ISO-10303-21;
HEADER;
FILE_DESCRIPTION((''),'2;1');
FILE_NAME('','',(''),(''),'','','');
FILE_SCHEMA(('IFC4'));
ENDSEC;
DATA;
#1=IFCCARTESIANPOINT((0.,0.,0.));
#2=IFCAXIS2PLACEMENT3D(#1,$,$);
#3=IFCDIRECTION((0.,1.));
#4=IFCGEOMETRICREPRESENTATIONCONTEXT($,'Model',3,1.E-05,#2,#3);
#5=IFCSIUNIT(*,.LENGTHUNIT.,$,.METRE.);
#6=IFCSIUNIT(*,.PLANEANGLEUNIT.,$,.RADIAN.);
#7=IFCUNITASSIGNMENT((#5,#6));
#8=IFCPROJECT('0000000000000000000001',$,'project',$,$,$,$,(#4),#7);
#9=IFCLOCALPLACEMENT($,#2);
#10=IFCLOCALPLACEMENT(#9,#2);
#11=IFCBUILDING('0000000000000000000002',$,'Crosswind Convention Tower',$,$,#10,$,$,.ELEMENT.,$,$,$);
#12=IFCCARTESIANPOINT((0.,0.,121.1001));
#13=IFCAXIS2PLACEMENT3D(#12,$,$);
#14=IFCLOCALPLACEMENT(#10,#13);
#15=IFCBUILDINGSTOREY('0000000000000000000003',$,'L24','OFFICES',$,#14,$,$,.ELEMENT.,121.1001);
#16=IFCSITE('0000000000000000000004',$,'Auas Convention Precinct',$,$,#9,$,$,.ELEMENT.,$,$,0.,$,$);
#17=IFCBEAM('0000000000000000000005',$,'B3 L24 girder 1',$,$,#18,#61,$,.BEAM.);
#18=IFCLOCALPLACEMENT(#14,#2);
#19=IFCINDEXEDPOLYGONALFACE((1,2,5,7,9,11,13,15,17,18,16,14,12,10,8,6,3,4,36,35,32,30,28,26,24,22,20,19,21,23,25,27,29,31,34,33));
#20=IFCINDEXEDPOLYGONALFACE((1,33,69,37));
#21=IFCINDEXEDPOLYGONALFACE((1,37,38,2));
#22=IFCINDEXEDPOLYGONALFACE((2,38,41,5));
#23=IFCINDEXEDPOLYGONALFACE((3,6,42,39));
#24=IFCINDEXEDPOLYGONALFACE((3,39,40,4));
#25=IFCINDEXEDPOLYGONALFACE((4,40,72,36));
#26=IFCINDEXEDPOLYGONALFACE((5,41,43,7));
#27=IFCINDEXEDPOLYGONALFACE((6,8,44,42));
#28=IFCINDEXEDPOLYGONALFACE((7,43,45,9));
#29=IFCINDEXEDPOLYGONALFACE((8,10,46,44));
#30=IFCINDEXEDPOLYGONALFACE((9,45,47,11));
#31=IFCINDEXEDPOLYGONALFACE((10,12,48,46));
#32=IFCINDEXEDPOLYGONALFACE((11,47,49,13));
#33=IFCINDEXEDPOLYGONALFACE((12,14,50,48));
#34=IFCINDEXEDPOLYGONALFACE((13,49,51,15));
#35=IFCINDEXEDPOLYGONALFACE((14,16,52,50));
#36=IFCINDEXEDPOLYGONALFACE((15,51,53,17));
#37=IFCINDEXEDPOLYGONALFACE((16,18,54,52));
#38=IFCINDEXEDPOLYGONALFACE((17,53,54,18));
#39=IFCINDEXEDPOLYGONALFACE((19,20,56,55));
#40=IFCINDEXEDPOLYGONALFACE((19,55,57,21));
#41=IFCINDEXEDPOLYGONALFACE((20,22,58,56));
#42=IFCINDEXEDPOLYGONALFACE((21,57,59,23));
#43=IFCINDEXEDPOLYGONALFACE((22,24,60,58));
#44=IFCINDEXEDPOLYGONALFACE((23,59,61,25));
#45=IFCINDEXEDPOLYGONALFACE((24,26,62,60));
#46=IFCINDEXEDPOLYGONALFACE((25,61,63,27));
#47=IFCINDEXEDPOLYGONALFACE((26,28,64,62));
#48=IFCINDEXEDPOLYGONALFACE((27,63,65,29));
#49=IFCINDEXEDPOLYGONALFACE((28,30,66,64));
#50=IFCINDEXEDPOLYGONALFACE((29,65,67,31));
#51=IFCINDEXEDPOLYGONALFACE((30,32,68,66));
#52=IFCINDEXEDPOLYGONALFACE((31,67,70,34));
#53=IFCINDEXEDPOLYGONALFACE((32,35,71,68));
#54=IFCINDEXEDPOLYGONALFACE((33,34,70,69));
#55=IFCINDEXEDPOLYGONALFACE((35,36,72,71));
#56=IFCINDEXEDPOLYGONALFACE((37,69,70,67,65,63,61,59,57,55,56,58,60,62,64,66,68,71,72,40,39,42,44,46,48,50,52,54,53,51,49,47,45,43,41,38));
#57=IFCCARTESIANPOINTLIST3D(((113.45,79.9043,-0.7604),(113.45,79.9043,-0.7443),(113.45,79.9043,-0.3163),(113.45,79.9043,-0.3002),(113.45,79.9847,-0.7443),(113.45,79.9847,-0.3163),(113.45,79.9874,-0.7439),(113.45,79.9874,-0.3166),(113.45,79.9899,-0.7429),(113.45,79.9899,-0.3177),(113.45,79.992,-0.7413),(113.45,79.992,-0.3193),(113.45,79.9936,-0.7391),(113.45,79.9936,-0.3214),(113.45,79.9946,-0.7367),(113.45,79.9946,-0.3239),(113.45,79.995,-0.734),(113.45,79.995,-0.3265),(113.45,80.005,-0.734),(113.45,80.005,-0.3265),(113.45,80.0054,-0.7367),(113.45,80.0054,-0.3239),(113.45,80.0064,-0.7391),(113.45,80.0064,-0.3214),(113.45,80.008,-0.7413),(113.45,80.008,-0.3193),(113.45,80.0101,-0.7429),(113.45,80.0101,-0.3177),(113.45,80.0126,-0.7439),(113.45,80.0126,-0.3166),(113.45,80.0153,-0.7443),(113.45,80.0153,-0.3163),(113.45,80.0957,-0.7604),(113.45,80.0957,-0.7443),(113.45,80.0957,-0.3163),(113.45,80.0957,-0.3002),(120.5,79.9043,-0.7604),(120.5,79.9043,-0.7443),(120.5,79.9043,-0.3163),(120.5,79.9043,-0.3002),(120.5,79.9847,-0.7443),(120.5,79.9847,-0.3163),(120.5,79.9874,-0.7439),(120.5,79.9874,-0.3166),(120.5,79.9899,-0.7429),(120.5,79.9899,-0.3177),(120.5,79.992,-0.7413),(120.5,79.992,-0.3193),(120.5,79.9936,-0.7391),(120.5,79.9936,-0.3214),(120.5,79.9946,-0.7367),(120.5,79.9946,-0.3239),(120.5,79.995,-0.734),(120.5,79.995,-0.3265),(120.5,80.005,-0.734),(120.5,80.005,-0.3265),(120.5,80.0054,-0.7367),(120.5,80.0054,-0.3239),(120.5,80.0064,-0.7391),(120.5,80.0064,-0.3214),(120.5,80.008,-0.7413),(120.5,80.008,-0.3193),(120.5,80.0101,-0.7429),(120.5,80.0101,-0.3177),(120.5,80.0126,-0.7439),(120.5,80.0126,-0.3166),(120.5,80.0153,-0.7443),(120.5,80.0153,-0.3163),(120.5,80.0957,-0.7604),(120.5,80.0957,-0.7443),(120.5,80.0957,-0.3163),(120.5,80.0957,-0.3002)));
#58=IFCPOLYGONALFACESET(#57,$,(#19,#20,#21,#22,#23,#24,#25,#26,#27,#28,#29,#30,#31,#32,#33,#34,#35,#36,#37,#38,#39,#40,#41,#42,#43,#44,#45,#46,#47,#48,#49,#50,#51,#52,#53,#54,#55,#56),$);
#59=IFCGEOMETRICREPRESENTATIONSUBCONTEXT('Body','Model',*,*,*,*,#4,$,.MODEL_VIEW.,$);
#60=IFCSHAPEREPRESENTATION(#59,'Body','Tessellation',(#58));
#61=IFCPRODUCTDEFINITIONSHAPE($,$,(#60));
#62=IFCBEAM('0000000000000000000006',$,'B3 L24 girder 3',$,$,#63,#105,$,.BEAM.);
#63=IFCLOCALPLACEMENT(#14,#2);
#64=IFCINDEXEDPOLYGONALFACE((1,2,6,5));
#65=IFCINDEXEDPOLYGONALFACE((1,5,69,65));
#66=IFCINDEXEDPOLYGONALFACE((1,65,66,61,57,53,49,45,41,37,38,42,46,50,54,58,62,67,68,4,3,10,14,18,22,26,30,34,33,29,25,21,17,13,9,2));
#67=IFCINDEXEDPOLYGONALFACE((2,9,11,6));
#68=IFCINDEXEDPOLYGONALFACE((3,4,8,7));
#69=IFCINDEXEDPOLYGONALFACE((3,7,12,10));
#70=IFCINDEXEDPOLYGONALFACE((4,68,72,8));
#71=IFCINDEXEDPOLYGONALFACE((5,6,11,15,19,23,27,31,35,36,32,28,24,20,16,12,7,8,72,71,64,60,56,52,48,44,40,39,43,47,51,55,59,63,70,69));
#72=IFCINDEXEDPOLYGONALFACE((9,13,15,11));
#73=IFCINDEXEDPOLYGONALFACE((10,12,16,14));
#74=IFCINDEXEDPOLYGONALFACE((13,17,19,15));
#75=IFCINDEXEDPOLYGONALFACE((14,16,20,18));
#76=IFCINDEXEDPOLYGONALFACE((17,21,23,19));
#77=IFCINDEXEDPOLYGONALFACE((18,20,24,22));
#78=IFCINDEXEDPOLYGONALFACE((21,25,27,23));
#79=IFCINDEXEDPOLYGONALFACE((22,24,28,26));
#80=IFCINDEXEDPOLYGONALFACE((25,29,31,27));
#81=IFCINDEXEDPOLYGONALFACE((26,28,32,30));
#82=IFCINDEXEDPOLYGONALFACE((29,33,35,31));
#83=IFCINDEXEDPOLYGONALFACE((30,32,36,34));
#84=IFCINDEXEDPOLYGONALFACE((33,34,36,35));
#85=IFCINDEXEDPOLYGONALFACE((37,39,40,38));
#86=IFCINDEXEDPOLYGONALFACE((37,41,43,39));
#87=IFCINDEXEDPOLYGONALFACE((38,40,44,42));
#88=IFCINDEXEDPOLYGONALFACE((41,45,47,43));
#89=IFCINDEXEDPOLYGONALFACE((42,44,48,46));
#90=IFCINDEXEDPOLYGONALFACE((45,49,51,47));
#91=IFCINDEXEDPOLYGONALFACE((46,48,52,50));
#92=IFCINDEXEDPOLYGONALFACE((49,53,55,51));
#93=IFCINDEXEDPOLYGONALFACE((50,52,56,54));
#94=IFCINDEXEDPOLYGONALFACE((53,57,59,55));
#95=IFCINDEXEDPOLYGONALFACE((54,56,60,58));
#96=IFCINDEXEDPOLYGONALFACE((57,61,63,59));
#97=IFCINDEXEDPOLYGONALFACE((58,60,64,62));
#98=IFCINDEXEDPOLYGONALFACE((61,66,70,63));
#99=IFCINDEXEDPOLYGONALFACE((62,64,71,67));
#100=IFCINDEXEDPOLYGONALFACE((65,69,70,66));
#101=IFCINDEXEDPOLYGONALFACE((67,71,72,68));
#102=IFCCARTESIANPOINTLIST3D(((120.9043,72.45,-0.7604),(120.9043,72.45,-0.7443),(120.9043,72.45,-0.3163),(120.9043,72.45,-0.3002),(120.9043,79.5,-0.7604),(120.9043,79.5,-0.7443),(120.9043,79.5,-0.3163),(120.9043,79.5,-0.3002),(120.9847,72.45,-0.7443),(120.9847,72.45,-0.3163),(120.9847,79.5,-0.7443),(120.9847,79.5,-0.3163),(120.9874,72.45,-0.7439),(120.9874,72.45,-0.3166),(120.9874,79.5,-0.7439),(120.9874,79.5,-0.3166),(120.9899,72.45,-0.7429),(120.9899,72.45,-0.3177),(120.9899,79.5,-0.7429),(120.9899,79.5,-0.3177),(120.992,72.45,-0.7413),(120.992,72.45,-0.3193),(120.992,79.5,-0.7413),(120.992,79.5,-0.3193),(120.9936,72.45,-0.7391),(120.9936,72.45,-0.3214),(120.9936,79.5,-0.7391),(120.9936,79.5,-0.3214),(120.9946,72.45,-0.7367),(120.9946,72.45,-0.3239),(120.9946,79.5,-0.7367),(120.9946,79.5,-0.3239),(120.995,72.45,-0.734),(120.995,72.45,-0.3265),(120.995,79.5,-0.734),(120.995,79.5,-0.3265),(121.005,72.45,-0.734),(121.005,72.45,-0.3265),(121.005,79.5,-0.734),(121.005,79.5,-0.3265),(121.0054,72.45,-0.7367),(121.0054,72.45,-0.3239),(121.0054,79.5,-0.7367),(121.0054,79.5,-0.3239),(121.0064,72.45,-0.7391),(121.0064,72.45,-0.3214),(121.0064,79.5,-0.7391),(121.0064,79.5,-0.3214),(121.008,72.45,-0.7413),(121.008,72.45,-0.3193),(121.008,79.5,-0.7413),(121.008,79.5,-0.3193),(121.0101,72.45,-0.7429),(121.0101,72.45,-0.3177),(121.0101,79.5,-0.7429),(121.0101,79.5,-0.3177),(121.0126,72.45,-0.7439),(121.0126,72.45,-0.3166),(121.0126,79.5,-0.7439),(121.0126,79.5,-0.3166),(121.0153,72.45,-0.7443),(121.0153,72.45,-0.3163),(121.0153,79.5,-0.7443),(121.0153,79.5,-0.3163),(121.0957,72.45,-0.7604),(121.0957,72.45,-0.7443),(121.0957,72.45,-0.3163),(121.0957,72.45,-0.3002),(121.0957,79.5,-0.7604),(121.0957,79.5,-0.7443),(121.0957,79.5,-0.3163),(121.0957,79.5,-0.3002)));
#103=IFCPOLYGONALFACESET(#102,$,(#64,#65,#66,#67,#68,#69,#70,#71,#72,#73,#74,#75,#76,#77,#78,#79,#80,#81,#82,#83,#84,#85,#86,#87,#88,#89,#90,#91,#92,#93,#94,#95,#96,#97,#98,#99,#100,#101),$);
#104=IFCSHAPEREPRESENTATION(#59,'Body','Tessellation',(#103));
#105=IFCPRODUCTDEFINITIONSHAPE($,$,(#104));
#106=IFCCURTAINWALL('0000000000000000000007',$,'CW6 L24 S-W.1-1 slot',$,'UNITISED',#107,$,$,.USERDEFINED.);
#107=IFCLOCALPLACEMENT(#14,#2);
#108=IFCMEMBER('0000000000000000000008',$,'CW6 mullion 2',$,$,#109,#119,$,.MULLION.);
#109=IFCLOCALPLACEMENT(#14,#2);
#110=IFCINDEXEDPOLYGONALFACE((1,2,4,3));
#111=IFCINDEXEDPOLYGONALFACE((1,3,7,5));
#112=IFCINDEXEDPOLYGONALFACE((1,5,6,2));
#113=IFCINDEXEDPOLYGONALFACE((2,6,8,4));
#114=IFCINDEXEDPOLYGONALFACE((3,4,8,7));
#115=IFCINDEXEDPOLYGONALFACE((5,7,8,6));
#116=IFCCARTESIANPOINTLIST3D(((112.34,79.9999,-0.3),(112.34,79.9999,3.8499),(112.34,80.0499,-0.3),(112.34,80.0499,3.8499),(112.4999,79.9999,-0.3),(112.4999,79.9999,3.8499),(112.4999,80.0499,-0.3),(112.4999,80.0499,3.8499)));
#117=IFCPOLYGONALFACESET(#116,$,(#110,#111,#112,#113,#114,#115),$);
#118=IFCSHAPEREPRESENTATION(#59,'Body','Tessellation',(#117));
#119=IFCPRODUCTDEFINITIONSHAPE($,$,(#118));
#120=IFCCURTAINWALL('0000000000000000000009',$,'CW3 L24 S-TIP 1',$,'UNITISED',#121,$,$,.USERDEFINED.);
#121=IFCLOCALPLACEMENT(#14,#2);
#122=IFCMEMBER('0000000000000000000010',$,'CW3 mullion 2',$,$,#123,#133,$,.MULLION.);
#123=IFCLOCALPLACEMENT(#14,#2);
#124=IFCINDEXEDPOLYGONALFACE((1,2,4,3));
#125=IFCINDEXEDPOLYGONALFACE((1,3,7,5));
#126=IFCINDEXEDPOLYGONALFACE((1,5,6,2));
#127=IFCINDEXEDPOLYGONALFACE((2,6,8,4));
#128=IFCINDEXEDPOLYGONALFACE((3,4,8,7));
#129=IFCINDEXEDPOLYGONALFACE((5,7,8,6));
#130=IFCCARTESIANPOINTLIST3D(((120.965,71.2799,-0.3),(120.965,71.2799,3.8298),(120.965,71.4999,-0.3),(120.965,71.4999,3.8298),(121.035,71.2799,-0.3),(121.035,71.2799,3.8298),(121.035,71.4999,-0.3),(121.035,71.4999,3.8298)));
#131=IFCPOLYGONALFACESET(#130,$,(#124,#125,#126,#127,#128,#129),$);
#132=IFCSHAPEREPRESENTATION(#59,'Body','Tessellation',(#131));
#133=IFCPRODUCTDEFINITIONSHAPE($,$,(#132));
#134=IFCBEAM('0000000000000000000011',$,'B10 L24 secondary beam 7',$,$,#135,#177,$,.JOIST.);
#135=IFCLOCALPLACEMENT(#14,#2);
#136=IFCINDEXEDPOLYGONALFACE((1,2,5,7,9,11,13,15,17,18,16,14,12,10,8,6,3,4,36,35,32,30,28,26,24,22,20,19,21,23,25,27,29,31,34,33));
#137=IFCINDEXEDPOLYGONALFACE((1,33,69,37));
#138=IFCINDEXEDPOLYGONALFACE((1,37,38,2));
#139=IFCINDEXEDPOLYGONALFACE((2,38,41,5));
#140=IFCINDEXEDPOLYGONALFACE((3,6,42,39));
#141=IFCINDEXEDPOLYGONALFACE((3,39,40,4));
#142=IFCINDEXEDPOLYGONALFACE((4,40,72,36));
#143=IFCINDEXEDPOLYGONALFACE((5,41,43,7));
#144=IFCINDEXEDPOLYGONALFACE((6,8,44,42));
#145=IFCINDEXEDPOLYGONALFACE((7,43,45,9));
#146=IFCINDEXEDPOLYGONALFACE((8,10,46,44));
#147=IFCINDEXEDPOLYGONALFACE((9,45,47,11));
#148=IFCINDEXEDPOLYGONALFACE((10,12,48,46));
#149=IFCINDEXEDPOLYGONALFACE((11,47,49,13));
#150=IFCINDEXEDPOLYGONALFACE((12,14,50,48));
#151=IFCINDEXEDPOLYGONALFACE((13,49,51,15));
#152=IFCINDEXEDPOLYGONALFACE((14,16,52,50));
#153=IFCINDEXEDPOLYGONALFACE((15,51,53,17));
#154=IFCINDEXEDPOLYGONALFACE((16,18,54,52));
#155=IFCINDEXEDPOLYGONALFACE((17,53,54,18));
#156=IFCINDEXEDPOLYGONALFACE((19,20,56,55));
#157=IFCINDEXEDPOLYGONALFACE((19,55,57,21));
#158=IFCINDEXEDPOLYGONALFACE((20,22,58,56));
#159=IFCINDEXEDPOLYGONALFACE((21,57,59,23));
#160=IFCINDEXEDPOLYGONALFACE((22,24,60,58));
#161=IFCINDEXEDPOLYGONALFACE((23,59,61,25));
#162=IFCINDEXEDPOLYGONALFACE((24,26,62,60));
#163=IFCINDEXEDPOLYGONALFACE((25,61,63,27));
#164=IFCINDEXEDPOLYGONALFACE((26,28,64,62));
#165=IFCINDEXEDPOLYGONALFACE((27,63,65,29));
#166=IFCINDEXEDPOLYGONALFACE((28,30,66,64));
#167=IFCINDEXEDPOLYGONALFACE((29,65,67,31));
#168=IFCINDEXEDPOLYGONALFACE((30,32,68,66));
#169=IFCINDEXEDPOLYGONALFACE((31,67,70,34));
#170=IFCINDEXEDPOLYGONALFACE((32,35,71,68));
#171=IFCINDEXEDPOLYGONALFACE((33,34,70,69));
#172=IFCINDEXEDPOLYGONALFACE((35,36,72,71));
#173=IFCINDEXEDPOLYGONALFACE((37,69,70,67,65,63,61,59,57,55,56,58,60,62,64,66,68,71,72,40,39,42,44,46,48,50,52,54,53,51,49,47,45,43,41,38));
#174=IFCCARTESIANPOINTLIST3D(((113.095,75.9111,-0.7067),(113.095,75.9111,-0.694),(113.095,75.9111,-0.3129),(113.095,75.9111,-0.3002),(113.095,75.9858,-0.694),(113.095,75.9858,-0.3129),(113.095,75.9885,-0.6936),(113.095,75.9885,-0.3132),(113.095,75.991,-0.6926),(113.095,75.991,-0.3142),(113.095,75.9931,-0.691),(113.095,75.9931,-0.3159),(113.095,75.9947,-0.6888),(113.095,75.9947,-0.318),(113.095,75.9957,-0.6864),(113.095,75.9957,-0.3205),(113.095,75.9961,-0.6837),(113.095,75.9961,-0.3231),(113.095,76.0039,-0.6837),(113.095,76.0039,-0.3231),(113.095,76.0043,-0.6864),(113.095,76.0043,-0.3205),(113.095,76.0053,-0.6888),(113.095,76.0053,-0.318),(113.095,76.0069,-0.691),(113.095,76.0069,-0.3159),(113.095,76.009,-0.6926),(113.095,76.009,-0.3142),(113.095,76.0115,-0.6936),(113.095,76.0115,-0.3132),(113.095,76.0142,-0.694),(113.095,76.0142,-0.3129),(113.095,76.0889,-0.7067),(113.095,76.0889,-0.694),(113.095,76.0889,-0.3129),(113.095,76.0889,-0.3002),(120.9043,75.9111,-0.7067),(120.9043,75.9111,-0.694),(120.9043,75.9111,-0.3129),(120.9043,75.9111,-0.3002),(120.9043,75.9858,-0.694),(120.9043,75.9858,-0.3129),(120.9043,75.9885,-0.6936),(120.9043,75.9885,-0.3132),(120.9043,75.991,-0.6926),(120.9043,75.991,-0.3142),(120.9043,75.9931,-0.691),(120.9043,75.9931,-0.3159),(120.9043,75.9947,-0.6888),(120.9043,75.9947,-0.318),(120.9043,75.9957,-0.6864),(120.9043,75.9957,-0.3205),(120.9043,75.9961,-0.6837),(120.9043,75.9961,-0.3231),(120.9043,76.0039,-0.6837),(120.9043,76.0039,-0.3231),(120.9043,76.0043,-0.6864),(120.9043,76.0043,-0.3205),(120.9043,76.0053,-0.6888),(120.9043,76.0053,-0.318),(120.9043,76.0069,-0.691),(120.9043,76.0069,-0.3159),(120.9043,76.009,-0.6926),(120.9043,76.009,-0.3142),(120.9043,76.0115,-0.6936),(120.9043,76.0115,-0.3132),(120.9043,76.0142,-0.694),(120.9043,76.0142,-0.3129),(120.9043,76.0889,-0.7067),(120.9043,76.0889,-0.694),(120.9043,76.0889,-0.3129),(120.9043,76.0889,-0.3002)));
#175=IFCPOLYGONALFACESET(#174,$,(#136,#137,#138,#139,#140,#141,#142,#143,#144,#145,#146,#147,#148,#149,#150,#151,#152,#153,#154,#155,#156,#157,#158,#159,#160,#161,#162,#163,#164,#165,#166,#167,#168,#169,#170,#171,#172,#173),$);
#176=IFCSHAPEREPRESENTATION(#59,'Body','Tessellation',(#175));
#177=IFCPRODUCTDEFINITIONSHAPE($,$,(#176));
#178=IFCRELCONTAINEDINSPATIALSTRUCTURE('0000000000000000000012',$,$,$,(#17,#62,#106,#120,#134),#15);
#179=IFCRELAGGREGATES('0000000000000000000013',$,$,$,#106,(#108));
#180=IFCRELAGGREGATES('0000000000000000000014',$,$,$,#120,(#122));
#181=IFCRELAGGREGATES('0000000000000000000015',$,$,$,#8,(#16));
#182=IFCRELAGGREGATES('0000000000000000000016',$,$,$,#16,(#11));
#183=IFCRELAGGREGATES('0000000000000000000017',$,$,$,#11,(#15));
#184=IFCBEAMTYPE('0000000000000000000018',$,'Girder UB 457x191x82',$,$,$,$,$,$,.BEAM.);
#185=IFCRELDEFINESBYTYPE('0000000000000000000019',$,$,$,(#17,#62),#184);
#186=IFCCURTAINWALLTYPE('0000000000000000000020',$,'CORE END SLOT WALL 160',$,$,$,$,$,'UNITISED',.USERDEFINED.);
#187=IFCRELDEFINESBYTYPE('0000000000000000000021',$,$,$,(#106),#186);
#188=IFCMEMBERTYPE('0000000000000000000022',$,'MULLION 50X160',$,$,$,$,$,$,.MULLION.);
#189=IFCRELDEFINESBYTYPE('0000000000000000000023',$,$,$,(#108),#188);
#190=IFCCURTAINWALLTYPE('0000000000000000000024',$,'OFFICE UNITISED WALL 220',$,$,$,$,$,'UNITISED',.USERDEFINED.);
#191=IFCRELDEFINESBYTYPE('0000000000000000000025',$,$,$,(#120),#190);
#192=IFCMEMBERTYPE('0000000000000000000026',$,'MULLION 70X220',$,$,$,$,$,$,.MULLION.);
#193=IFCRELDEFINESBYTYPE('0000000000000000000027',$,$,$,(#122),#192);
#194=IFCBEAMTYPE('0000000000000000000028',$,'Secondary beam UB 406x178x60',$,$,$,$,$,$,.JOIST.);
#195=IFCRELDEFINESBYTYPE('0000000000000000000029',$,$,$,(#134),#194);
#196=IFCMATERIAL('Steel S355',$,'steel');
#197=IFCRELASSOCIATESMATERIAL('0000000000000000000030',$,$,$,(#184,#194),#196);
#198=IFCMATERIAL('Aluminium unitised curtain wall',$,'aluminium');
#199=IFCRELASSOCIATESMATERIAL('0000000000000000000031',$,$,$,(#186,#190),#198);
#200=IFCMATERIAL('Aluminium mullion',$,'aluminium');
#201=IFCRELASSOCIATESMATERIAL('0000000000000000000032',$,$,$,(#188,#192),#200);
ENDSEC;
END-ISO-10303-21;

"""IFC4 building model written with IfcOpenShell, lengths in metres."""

from ifc_helpers import new_model, si_unit, direction, frame, origin, origin_2d, place, context, subcontext, project, spatial, rectangle, i_section, extrude, material, material_profile, profile_set, type_object, element, aggregate, save


model = new_model("IFC4")

# Units and contexts
model_context = context("Model", 3, precision=1e-05, world=origin(), true_north=direction((0.0, 1.0)))
body_context = subcontext(model_context, "Body", "Model", "MODEL_VIEW")
ifc_project = project(units=[si_unit("LENGTHUNIT", "METRE"), si_unit("PLANEANGLEUNIT", "RADIAN")], contexts=[model_context])

# Site, building, storey
site_placement = place(None, origin())
site = spatial("IfcSite", under=ifc_project, at=site_placement, Name="Auas Convention Precinct", CompositionType="ELEMENT", RefElevation=0.0)
building_placement = place(site_placement, origin())
building = spatial("IfcBuilding", under=site, at=building_placement, Name="Crosswind Convention Tower", CompositionType="ELEMENT")
storey_placement = place(building_placement, frame((0.0, 0.0, 121.1001)))
storey = spatial("IfcBuildingStorey", under=building, at=storey_placement, Name="L24", Description="OFFICES", CompositionType="ELEMENT", Elevation=121.1001)

# Beams
ifc_material_1 = material(Name="Steel S355", Category="steel")
ifc_material_profile_1 = material_profile(ifc_material_1, i_section(OverallWidth=0.1914, OverallDepth=0.4602, WebThickness=0.01, FlangeThickness=0.0161, FilletRadius=0.0103, at=origin_2d()), Name="UB 457x191x82")
ifc_profile_set_1 = profile_set([ifc_material_profile_1], Name="Steel S355")
beam_type_1 = type_object("IfcBeamType", Name="Girder UB 457x191x82", PredefinedType="BEAM", material=ifc_profile_set_1)
for number, where, z_axis, x_axis, name in (
    (1, (113.45, 80.0, -0.5303), (1.0, 0.0, 0.0), (0.0, 1.0, 0.0), "B3 L24 girder 1"),
    (2, (121.0, 72.45, -0.5303), (0.0, 1.0, 0.0), (-1.0, 0.0, 0.0), "B3 L24 girder 3"),
):
    element("IfcBeam", number, at=place(storey_placement, frame(where, z_axis=z_axis, x_axis=x_axis)), inside=storey, type_object=beam_type_1, Name=name, PredefinedType="BEAM", context=body_context, shape_type="SweptSolid", body=[
        extrude(i_section(OverallWidth=0.1914, OverallDepth=0.4602, WebThickness=0.01, FlangeThickness=0.0161, FilletRadius=0.0103, at=origin_2d()), origin(), (0.0, 0.0, 1.0), 7.05),
    ])

# Curtain walls, members
ifc_material_2 = material(Name="Aluminium unitised curtain wall", Category="aluminium")
curtain_wall_type_1 = type_object("IfcCurtainWallType", Name="CORE END SLOT WALL 160", ElementType="UNITISED", PredefinedType="USERDEFINED", material=ifc_material_2)
curtain_wall_1_placement = place(storey_placement, origin())
curtain_wall_1 = element("IfcCurtainWall", 3, at=curtain_wall_1_placement, inside=storey, type_object=curtain_wall_type_1, Name="CW6 L24 S-W.1-1 slot", ObjectType="UNITISED", PredefinedType="USERDEFINED")
ifc_material_3 = material(Name="Aluminium mullion", Category="aluminium")
ifc_material_profile_2 = material_profile(ifc_material_3, rectangle(XDim=0.1599, YDim=0.05, at=origin_2d()), Name="AL 160X50")
ifc_profile_set_2 = profile_set([ifc_material_profile_2], Name="Aluminium mullion")
member_type_1 = type_object("IfcMemberType", Name="MULLION 50X160", PredefinedType="MULLION", material=ifc_profile_set_2)
member_1_placement = place(storey_placement, frame((112.4199, 80.0249, -0.3), z_axis=(0.0, 0.0, 1.0), x_axis=(-1.0, 0.0, 0.0)))
member_1 = element("IfcMember", 4, at=member_1_placement, type_object=member_type_1, Name="CW6 mullion 2", PredefinedType="MULLION", context=body_context, shape_type="SweptSolid", body=[
    extrude(rectangle(XDim=0.1599, YDim=0.05, at=origin_2d()), origin(), (0.0, 0.0, 1.0), 4.1499),
])
aggregate(curtain_wall_1, [member_1])
curtain_wall_type_2 = type_object("IfcCurtainWallType", Name="OFFICE UNITISED WALL 220", ElementType="UNITISED", PredefinedType="USERDEFINED", material=ifc_material_2)
curtain_wall_2_placement = place(storey_placement, origin())
curtain_wall_2 = element("IfcCurtainWall", 5, at=curtain_wall_2_placement, inside=storey, type_object=curtain_wall_type_2, Name="CW3 L24 S-TIP 1", ObjectType="UNITISED", PredefinedType="USERDEFINED")
ifc_material_profile_3 = material_profile(ifc_material_3, rectangle(XDim=0.22, YDim=0.0701, at=origin_2d()), Name="AL 220X70")
ifc_profile_set_3 = profile_set([ifc_material_profile_3], Name="Aluminium mullion")
member_type_2 = type_object("IfcMemberType", Name="MULLION 70X220", PredefinedType="MULLION", material=ifc_profile_set_3)
member_2_placement = place(storey_placement, frame((121.0, 71.3899, -0.3), z_axis=(0.0, 0.0, 1.0), x_axis=(0.0, -1.0, 0.0)))
member_2 = element("IfcMember", 6, at=member_2_placement, type_object=member_type_2, Name="CW3 mullion 2", PredefinedType="MULLION", context=body_context, shape_type="SweptSolid", body=[
    extrude(rectangle(XDim=0.22, YDim=0.0701, at=origin_2d()), origin(), (0.0, 0.0, 1.0), 4.1299),
])

# Beam
ifc_material_profile_4 = material_profile(ifc_material_1, i_section(OverallWidth=0.1777, OverallDepth=0.4065, WebThickness=0.0078, FlangeThickness=0.0127, FilletRadius=0.0103, at=origin_2d()), Name="UB 406x178x60")
ifc_profile_set_4 = profile_set([ifc_material_profile_4], Name="Steel S355")
beam_type_2 = type_object("IfcBeamType", Name="Secondary beam UB 406x178x60", PredefinedType="JOIST", material=ifc_profile_set_4)
beam_1_placement = place(storey_placement, frame((113.095, 76.0, -0.5034), z_axis=(1.0, 0.0, 0.0), x_axis=(0.0, 1.0, 0.0)))
element("IfcBeam", 7, at=beam_1_placement, inside=storey, type_object=beam_type_2, Name="B10 L24 secondary beam 7", PredefinedType="JOIST", context=body_context, shape_type="SweptSolid", body=[
    extrude(i_section(OverallWidth=0.1777, OverallDepth=0.4065, WebThickness=0.0078, FlangeThickness=0.0127, FilletRadius=0.0103, at=origin_2d()), origin(), (0.0, 0.0, 1.0), 7.8093),
])

aggregate(curtain_wall_2, [member_2])

save(model, "model.ifc")
